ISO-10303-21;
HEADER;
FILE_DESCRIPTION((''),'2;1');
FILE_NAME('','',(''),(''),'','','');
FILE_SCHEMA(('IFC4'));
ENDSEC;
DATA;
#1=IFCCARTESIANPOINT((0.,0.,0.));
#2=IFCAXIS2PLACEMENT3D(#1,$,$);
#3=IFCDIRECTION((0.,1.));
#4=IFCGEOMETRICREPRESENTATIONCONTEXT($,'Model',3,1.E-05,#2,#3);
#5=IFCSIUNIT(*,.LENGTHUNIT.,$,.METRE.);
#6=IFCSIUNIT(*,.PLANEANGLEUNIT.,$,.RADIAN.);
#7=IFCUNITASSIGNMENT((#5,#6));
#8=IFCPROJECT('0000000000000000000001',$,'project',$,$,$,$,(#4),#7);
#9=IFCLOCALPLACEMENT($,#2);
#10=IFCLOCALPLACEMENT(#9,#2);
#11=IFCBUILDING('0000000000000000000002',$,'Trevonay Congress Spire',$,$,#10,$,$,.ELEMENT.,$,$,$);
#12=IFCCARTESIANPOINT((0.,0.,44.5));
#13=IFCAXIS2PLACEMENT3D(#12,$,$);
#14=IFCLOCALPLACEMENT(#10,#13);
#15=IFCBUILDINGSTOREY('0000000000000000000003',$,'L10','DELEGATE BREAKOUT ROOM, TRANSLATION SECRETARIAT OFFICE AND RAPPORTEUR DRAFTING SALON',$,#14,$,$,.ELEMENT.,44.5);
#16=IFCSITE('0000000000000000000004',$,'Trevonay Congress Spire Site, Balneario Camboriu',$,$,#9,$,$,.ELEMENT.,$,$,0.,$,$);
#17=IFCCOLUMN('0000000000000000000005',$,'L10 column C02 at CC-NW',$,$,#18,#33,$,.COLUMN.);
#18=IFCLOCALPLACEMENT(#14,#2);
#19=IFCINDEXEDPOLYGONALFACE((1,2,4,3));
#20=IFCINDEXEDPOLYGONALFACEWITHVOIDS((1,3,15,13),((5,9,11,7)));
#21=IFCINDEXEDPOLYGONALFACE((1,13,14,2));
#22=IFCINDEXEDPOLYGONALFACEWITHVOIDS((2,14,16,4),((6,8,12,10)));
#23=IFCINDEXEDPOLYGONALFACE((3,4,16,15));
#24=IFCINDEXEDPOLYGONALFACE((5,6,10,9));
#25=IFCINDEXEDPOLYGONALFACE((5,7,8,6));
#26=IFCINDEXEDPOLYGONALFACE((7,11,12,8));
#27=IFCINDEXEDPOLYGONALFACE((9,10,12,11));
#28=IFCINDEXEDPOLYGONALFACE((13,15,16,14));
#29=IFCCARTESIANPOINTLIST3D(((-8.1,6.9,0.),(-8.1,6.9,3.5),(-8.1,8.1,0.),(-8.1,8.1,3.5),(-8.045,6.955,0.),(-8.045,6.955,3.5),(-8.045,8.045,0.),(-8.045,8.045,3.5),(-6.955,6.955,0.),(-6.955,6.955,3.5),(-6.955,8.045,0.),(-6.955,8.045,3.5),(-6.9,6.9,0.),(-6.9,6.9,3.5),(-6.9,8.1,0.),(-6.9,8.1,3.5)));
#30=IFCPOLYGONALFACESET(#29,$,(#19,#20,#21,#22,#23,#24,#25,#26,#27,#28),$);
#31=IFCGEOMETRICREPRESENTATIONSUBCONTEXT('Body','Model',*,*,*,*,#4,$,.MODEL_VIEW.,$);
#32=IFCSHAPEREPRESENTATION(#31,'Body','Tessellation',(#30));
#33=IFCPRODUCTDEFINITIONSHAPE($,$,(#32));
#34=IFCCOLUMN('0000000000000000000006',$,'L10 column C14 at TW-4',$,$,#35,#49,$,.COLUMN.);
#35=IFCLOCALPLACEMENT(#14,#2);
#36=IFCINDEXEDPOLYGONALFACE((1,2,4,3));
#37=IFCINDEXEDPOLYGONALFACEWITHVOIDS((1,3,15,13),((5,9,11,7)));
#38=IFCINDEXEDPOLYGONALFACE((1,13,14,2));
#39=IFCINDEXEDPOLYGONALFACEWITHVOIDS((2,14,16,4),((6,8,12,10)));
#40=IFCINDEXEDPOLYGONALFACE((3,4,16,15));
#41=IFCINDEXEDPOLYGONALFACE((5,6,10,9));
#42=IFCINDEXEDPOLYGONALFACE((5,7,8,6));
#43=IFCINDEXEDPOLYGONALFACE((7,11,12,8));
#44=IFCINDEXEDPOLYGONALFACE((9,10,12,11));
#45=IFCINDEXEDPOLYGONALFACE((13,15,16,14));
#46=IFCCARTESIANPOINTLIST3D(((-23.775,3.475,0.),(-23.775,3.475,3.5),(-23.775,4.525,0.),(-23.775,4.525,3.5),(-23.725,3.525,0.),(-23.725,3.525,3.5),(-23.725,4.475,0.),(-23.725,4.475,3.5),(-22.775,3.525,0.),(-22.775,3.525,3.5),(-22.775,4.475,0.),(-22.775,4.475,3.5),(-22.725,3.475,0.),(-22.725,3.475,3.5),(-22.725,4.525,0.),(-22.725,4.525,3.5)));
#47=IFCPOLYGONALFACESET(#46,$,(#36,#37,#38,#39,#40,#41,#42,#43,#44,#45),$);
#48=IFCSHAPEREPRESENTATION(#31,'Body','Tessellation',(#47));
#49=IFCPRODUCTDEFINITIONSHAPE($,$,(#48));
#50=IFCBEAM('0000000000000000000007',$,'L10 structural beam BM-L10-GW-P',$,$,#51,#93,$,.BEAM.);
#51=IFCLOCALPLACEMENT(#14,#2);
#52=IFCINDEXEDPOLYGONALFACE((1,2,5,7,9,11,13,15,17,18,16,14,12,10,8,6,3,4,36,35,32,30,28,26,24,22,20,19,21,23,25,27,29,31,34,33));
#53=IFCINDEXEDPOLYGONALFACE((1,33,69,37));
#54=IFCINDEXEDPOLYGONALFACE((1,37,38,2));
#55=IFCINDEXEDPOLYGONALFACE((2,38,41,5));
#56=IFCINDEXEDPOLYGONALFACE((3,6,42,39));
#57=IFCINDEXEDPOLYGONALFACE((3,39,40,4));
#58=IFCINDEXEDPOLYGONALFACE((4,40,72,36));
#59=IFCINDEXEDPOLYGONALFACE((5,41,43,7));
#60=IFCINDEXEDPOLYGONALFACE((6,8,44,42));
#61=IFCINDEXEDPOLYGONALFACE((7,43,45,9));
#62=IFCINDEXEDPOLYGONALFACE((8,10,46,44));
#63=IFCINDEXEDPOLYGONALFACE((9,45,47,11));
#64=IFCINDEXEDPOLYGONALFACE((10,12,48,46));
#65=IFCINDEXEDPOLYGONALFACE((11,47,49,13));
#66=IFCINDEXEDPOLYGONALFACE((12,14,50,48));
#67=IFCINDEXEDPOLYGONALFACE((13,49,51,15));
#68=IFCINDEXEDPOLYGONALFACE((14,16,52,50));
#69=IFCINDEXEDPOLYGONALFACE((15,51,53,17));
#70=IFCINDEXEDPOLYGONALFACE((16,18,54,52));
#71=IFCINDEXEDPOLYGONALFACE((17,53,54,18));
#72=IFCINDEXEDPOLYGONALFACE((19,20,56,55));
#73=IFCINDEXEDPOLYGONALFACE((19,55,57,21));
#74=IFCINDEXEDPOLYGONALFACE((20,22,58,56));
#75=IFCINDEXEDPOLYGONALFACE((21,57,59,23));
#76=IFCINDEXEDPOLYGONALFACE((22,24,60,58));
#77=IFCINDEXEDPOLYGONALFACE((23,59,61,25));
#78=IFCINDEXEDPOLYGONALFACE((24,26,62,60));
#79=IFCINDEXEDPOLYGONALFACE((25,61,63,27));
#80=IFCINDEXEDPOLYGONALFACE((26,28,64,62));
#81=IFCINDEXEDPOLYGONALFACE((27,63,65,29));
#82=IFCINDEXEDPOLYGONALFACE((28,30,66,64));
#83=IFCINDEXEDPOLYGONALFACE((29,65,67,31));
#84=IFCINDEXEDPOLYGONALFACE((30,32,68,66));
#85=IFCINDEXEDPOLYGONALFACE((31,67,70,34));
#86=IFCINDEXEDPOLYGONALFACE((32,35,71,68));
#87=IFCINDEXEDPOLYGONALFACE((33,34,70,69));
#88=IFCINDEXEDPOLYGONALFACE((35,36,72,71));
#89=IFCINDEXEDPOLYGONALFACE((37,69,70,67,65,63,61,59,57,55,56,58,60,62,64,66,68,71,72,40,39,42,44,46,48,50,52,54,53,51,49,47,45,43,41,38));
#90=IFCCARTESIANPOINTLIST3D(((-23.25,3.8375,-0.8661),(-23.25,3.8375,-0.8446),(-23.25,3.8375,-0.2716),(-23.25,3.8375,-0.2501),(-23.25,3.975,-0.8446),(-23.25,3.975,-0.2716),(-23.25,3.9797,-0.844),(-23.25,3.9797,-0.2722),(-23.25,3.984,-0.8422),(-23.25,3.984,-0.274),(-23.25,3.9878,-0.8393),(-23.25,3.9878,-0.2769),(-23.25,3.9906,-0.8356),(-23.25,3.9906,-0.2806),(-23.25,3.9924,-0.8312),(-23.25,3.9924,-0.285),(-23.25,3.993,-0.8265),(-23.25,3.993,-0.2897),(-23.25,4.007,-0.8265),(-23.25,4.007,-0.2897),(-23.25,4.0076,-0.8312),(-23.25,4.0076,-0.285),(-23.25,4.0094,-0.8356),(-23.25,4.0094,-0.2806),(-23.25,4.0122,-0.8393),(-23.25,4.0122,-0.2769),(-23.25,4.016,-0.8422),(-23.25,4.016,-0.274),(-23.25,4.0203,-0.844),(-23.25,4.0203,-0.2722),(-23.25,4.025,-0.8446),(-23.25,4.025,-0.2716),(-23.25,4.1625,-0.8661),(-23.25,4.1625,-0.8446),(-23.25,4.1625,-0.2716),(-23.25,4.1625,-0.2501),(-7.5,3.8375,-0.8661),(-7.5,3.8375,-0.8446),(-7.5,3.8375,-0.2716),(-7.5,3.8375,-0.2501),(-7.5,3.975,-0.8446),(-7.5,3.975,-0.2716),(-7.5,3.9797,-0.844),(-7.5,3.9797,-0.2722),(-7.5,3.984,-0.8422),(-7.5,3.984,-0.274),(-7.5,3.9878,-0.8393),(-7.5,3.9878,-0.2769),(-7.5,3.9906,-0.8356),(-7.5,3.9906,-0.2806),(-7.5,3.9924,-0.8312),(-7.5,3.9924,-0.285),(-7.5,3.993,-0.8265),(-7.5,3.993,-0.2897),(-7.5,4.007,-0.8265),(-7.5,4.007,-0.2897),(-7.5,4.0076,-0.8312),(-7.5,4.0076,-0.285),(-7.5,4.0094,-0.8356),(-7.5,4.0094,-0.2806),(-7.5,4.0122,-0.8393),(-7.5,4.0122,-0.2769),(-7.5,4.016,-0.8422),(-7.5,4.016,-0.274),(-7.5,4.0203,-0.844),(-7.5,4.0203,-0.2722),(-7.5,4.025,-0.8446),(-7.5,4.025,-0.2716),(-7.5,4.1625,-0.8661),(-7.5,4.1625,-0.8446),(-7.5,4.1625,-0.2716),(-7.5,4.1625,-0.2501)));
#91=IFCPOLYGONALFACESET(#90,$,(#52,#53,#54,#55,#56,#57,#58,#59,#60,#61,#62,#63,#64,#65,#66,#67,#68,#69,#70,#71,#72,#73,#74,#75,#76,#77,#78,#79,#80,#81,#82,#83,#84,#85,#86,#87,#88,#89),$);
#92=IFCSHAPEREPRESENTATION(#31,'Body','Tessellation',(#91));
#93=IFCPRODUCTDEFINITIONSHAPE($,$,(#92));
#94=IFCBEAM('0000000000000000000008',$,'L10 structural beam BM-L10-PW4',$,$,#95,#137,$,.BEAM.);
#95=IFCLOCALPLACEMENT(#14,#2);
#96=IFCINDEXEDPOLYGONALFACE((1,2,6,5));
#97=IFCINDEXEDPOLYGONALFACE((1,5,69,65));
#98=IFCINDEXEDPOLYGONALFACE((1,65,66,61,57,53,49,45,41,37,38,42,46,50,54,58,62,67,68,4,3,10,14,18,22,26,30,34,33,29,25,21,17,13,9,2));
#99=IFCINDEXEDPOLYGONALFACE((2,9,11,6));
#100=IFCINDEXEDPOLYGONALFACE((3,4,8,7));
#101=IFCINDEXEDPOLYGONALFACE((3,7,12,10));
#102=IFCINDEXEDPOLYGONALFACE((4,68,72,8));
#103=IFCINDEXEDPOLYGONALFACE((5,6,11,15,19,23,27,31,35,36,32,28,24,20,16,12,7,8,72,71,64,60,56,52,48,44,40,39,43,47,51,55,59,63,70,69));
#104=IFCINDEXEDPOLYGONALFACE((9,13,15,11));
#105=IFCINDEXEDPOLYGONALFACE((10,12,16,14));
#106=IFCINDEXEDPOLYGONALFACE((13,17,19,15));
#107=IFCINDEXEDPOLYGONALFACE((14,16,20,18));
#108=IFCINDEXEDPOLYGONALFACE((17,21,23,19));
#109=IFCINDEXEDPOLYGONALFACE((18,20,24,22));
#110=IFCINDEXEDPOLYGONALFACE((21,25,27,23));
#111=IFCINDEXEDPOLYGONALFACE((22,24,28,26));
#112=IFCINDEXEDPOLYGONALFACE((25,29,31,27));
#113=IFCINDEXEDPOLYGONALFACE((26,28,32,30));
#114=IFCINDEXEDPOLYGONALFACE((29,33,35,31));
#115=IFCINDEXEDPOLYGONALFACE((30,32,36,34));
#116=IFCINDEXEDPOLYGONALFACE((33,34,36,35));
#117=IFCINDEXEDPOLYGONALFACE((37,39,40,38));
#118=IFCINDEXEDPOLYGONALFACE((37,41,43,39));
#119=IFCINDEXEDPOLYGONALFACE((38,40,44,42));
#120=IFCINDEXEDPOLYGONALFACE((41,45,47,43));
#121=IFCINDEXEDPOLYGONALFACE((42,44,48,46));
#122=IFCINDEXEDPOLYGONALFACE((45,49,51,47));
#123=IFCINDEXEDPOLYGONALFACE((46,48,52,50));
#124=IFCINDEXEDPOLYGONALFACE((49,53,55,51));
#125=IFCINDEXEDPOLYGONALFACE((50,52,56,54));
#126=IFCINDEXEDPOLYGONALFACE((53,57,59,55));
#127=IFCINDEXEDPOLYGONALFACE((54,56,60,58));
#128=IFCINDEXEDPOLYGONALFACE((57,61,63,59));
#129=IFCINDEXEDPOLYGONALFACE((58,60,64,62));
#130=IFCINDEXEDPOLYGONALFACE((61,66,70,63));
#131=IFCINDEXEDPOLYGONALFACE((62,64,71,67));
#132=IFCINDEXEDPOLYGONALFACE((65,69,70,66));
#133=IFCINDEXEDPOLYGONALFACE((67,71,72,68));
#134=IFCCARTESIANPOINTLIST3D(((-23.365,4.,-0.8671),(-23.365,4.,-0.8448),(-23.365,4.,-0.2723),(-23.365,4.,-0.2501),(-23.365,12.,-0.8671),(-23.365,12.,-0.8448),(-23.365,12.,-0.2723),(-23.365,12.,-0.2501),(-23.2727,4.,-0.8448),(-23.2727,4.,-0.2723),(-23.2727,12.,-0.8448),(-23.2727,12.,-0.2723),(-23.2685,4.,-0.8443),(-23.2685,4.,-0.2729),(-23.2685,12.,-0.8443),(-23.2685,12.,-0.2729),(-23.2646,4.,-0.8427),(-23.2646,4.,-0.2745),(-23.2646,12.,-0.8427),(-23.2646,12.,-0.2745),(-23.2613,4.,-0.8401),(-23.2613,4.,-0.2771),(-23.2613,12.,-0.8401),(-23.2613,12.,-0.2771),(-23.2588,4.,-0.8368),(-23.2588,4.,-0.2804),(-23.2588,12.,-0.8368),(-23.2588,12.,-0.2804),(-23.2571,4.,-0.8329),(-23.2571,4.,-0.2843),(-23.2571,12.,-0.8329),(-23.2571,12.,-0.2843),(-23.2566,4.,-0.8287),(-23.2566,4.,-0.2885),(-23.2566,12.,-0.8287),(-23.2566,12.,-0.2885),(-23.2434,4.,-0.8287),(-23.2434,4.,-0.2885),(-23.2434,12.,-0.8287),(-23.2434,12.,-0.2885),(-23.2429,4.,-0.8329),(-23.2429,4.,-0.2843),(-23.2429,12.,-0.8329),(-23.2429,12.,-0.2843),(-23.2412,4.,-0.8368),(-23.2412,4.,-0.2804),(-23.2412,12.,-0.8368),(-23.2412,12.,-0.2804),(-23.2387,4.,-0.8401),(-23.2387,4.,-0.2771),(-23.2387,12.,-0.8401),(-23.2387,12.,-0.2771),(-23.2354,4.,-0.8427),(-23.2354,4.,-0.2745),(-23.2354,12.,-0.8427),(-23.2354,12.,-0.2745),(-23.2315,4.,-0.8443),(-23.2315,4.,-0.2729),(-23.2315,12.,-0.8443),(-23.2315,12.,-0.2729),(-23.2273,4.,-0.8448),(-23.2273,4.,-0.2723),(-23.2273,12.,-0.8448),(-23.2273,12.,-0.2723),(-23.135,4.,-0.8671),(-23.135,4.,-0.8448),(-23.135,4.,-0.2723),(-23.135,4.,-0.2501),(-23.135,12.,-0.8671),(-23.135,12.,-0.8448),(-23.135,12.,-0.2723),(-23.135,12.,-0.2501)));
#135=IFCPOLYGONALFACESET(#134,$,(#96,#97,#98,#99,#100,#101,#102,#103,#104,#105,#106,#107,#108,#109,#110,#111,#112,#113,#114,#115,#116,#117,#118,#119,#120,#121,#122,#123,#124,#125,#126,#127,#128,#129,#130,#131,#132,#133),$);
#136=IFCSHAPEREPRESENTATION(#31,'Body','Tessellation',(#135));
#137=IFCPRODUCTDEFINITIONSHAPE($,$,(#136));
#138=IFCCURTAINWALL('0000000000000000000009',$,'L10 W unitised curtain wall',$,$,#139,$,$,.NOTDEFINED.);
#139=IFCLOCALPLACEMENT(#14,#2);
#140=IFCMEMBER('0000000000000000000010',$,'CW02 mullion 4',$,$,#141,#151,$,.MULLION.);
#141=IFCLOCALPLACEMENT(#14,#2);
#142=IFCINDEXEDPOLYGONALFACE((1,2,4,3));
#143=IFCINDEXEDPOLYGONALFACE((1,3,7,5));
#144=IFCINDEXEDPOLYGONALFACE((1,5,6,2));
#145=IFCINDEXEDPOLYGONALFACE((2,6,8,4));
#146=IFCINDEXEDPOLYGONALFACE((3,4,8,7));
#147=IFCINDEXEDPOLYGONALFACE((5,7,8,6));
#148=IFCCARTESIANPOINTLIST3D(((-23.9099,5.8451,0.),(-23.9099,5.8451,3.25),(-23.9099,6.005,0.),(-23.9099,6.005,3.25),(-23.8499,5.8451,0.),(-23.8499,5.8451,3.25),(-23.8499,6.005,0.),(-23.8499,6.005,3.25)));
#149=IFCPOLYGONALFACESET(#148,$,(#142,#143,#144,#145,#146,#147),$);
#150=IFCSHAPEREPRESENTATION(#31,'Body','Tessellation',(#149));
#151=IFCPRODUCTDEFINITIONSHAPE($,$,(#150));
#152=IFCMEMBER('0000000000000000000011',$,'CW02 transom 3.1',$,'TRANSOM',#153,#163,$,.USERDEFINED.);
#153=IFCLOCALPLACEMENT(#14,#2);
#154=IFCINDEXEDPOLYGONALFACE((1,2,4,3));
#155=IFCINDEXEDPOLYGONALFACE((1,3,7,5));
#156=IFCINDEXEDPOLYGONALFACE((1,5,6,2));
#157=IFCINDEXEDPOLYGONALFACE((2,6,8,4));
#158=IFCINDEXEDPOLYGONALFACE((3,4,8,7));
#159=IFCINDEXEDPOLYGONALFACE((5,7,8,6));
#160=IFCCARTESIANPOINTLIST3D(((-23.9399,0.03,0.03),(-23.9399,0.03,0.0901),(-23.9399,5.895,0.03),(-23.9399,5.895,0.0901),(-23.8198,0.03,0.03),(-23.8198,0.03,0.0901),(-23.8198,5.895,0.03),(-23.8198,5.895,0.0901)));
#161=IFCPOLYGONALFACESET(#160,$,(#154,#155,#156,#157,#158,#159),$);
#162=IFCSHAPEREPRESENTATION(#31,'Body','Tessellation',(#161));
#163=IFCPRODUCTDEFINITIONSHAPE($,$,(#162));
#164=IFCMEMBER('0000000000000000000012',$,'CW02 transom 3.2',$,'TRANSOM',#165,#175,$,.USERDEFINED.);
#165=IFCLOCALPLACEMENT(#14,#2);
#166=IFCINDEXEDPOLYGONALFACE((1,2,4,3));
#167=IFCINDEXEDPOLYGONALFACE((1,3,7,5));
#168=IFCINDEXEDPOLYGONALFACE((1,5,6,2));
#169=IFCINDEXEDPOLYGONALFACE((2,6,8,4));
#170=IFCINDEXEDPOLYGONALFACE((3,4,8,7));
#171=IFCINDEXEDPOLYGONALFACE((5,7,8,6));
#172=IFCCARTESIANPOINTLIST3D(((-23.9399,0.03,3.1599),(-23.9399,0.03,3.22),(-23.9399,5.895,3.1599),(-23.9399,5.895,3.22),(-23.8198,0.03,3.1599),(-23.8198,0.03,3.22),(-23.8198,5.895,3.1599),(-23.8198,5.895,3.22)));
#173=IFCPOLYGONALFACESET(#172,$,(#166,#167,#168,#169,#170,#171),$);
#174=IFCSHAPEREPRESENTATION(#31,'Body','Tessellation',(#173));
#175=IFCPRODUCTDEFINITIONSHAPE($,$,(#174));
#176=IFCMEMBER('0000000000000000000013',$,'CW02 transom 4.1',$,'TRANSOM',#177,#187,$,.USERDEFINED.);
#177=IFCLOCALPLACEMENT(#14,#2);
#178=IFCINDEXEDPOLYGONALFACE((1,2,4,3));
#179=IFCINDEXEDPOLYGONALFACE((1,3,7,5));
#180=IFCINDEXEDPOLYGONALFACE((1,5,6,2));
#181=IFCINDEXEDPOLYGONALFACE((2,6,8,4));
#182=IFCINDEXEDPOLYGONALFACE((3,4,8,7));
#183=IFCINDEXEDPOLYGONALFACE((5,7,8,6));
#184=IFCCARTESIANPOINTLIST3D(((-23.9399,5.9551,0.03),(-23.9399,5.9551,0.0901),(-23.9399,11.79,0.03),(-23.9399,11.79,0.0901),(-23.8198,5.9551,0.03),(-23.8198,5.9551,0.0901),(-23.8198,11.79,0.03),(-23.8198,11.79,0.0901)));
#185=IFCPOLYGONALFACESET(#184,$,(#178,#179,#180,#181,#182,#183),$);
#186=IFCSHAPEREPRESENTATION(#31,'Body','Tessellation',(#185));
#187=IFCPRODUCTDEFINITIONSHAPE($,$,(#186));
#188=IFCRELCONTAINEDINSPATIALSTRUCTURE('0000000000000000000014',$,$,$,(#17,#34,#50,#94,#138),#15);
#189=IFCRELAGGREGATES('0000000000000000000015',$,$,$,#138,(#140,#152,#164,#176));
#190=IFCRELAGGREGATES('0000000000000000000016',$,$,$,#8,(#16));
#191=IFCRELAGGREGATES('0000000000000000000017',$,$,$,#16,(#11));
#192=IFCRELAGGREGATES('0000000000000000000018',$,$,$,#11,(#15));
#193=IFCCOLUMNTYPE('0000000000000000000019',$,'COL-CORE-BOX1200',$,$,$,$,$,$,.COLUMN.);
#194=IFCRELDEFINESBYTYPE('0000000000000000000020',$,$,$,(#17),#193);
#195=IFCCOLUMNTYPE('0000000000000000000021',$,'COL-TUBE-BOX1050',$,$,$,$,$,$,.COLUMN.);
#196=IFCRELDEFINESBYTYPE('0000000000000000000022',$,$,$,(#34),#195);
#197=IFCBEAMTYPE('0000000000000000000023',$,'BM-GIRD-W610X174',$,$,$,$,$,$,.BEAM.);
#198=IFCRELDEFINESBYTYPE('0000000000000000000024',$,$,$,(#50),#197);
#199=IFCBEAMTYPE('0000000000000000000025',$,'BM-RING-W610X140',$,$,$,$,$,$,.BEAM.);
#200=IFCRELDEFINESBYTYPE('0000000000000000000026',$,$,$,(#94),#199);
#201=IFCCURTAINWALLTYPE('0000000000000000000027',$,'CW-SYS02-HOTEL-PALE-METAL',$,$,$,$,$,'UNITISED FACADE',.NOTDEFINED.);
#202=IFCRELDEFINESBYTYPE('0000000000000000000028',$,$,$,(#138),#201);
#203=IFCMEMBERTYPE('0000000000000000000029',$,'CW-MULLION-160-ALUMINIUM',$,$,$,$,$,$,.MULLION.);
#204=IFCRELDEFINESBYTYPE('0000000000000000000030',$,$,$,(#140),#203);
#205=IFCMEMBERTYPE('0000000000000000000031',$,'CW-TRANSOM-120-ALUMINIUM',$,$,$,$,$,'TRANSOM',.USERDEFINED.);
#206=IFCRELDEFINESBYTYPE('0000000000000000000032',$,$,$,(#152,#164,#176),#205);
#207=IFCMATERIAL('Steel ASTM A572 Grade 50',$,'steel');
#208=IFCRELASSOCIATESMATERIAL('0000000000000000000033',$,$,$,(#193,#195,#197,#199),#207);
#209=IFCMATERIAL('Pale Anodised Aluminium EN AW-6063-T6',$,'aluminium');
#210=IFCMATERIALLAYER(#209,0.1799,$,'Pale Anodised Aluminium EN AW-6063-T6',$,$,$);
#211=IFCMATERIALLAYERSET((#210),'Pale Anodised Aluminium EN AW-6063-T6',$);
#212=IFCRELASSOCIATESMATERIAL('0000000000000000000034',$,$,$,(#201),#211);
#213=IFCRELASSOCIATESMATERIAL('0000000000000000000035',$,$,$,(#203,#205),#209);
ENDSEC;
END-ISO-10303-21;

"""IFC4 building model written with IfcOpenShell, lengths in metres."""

from ifc_helpers import new_model, si_unit, direction, frame, origin, origin_2d, place, context, subcontext, project, spatial, rectangle, hollow_rectangle, i_section, extrude, material, layer, layer_set, material_profile, profile_set, type_object, element, aggregate, save


model = new_model("IFC4")

# Units and contexts
model_context = context("Model", 3, precision=1e-05, world=origin(), true_north=direction((0.0, 1.0)))
body_context = subcontext(model_context, "Body", "Model", "MODEL_VIEW")
ifc_project = project(units=[si_unit("LENGTHUNIT", "METRE"), si_unit("PLANEANGLEUNIT", "RADIAN")], contexts=[model_context])

# Site, building, storey
site_placement = place(None, origin())
site = spatial("IfcSite", under=ifc_project, at=site_placement, Name="Trevonay Congress Spire Site, Balneario Camboriu", CompositionType="ELEMENT", RefElevation=0.0)
building_placement = place(site_placement, origin())
building = spatial("IfcBuilding", under=site, at=building_placement, Name="Trevonay Congress Spire", CompositionType="ELEMENT")
storey_placement = place(building_placement, frame((0.0, 0.0, 44.5)))
storey = spatial("IfcBuildingStorey", under=building, at=storey_placement, Name="L10", Description="DELEGATE BREAKOUT ROOM, TRANSLATION SECRETARIAT OFFICE AND RAPPORTEUR DRAFTING SALON", CompositionType="ELEMENT", Elevation=44.5)

# Columns
ifc_material_1 = material(Name="Steel ASTM A572 Grade 50", Category="steel")
ifc_material_profile_1 = material_profile(ifc_material_1, hollow_rectangle(XDim=1.2, YDim=1.2, WallThickness=0.0549, at=origin_2d()), Name="BOX 1200x1200x55")
ifc_profile_set_1 = profile_set([ifc_material_profile_1], Name="Steel ASTM A572 Grade 50")
column_type_1 = type_object("IfcColumnType", Name="COL-CORE-BOX1200", PredefinedType="COLUMN", material=ifc_profile_set_1)
column_1_placement = place(storey_placement, frame((-7.5, 7.5, 0.0), z_axis=(0.0, 0.0, 1.0), x_axis=(1.0, 0.0, 0.0)))
element("IfcColumn", 1, at=column_1_placement, inside=storey, type_object=column_type_1, Name="L10 column C02 at CC-NW", PredefinedType="COLUMN", context=body_context, shape_type="SweptSolid", body=[
    extrude(hollow_rectangle(XDim=1.2, YDim=1.2, WallThickness=0.0549, at=origin_2d()), origin(), (0.0, 0.0, 1.0), 3.5),
])
ifc_material_profile_2 = material_profile(ifc_material_1, hollow_rectangle(XDim=1.05, YDim=1.05, WallThickness=0.05, at=origin_2d()), Name="BOX 1050x1050x50")
ifc_profile_set_2 = profile_set([ifc_material_profile_2], Name="Steel ASTM A572 Grade 50")
column_type_2 = type_object("IfcColumnType", Name="COL-TUBE-BOX1050", PredefinedType="COLUMN", material=ifc_profile_set_2)
column_2_placement = place(storey_placement, frame((-23.25, 4.0, 0.0), z_axis=(0.0, 0.0, 1.0), x_axis=(1.0, 0.0, 0.0)))
element("IfcColumn", 2, at=column_2_placement, inside=storey, type_object=column_type_2, Name="L10 column C14 at TW-4", PredefinedType="COLUMN", context=body_context, shape_type="SweptSolid", body=[
    extrude(hollow_rectangle(XDim=1.05, YDim=1.05, WallThickness=0.05, at=origin_2d()), origin(), (0.0, 0.0, 1.0), 3.5),
])

# Beams
ifc_material_profile_3 = material_profile(ifc_material_1, i_section(OverallWidth=0.325, OverallDepth=0.616, WebThickness=0.0139, FlangeThickness=0.0215, FilletRadius=0.0181, at=origin_2d()), Name="W610x174")
ifc_profile_set_3 = profile_set([ifc_material_profile_3], Name="Steel ASTM A572 Grade 50")
beam_type_1 = type_object("IfcBeamType", Name="BM-GIRD-W610X174", PredefinedType="BEAM", material=ifc_profile_set_3)
beam_1_placement = place(storey_placement, frame((-7.5, 4.0, -0.5581), z_axis=(-1.0, 0.0, 0.0), x_axis=(0.0, -1.0, 0.0)))
element("IfcBeam", 3, at=beam_1_placement, inside=storey, type_object=beam_type_1, Name="L10 structural beam BM-L10-GW-P", PredefinedType="BEAM", context=body_context, shape_type="SweptSolid", body=[
    extrude(i_section(OverallWidth=0.325, OverallDepth=0.616, WebThickness=0.0139, FlangeThickness=0.0215, FilletRadius=0.0181, at=origin_2d()), origin(), (0.0, 0.0, 1.0), 15.75),
])
ifc_material_profile_4 = material_profile(ifc_material_1, i_section(OverallWidth=0.23, OverallDepth=0.6169, WebThickness=0.0132, FlangeThickness=0.0222, FilletRadius=0.0161, at=origin_2d()), Name="W610x140")
ifc_profile_set_4 = profile_set([ifc_material_profile_4], Name="Steel ASTM A572 Grade 50")
beam_type_2 = type_object("IfcBeamType", Name="BM-RING-W610X140", PredefinedType="BEAM", material=ifc_profile_set_4)
beam_2_placement = place(storey_placement, frame((-23.25, 4.0, -0.5586), z_axis=(0.0, 1.0, 0.0), x_axis=(-1.0, 0.0, 0.0)))
element("IfcBeam", 4, at=beam_2_placement, inside=storey, type_object=beam_type_2, Name="L10 structural beam BM-L10-PW4", PredefinedType="BEAM", context=body_context, shape_type="SweptSolid", body=[
    extrude(i_section(OverallWidth=0.23, OverallDepth=0.6169, WebThickness=0.0132, FlangeThickness=0.0222, FilletRadius=0.0161, at=origin_2d()), origin(), (0.0, 0.0, 1.0), 8.0),
])

# Curtain wall, members
ifc_material_2 = material(Name="Pale Anodised Aluminium EN AW-6063-T6", Category="aluminium")
ifc_layer_1 = layer(ifc_material_2, 0.1799, Name="Pale Anodised Aluminium EN AW-6063-T6")
ifc_layer_set_1 = layer_set([ifc_layer_1], Name="Pale Anodised Aluminium EN AW-6063-T6")
curtain_wall_type = type_object("IfcCurtainWallType", Name="CW-SYS02-HOTEL-PALE-METAL", ElementType="UNITISED FACADE", PredefinedType="NOTDEFINED", material=ifc_layer_set_1)
curtain_wall_placement = place(storey_placement, origin())
curtain_wall = element("IfcCurtainWall", 5, at=curtain_wall_placement, inside=storey, type_object=curtain_wall_type, Name="L10 W unitised curtain wall", PredefinedType="NOTDEFINED")
ifc_material_profile_5 = material_profile(ifc_material_2, rectangle(XDim=0.0601, YDim=0.1599, at=origin_2d()), Name="CW-MULLION-160-ALUMINIUM")
ifc_profile_set_5 = profile_set([ifc_material_profile_5], Name="Pale Anodised Aluminium EN AW-6063-T6")
member_type_1 = type_object("IfcMemberType", Name="CW-MULLION-160-ALUMINIUM", PredefinedType="MULLION", material=ifc_profile_set_5)
member_1_placement = place(storey_placement, frame((-23.8799, 5.925, 0.0), z_axis=(0.0, 0.0, 1.0), x_axis=(-1.0, 0.0, 0.0)))
member_1 = element("IfcMember", 6, at=member_1_placement, type_object=member_type_1, Name="CW02 mullion 4", PredefinedType="MULLION", context=body_context, shape_type="SweptSolid", body=[
    extrude(rectangle(XDim=0.0601, YDim=0.1599, at=origin_2d()), origin(), (0.0, 0.0, 1.0), 3.25),
])
ifc_material_profile_6 = material_profile(ifc_material_2, rectangle(XDim=0.1201, YDim=0.0601, at=origin_2d()), Name="CW-TRANSOM-120-ALUMINIUM")
ifc_profile_set_6 = profile_set([ifc_material_profile_6], Name="Pale Anodised Aluminium EN AW-6063-T6")
member_type_2 = type_object("IfcMemberType", Name="CW-TRANSOM-120-ALUMINIUM", ElementType="TRANSOM", PredefinedType="USERDEFINED", material=ifc_profile_set_6)
member_2_placement = place(storey_placement, frame((-23.8799, 0.03, 0.0601), z_axis=(0.0, 1.0, 0.0), x_axis=(-1.0, 0.0, 0.0)))
member_2 = element("IfcMember", 7, at=member_2_placement, type_object=member_type_2, Name="CW02 transom 3.1", ObjectType="TRANSOM", PredefinedType="USERDEFINED", context=body_context, shape_type="SweptSolid", body=[
    extrude(rectangle(XDim=0.1201, YDim=0.0601, at=origin_2d()), origin(), (0.0, 0.0, 1.0), 5.865),
])
member_3_placement = place(storey_placement, frame((-23.8799, 0.03, 3.1899), z_axis=(0.0, 1.0, 0.0), x_axis=(-1.0, 0.0, 0.0)))
member_3 = element("IfcMember", 8, at=member_3_placement, type_object=member_type_2, Name="CW02 transom 3.2", ObjectType="TRANSOM", PredefinedType="USERDEFINED", context=body_context, shape_type="SweptSolid", body=[
    extrude(rectangle(XDim=0.1201, YDim=0.0601, at=origin_2d()), origin(), (0.0, 0.0, 1.0), 5.865),
])
member_4_placement = place(storey_placement, frame((-23.8799, 5.9551, 0.0601), z_axis=(0.0, 1.0, 0.0), x_axis=(-1.0, 0.0, 0.0)))
member_4 = element("IfcMember", 9, at=member_4_placement, type_object=member_type_2, Name="CW02 transom 4.1", ObjectType="TRANSOM", PredefinedType="USERDEFINED", context=body_context, shape_type="SweptSolid", body=[
    extrude(rectangle(XDim=0.1201, YDim=0.0601, at=origin_2d()), origin(), (0.0, 0.0, 1.0), 5.835),
])

aggregate(curtain_wall, [member_1, member_2, member_3, member_4])

save(model, "model.ifc")
